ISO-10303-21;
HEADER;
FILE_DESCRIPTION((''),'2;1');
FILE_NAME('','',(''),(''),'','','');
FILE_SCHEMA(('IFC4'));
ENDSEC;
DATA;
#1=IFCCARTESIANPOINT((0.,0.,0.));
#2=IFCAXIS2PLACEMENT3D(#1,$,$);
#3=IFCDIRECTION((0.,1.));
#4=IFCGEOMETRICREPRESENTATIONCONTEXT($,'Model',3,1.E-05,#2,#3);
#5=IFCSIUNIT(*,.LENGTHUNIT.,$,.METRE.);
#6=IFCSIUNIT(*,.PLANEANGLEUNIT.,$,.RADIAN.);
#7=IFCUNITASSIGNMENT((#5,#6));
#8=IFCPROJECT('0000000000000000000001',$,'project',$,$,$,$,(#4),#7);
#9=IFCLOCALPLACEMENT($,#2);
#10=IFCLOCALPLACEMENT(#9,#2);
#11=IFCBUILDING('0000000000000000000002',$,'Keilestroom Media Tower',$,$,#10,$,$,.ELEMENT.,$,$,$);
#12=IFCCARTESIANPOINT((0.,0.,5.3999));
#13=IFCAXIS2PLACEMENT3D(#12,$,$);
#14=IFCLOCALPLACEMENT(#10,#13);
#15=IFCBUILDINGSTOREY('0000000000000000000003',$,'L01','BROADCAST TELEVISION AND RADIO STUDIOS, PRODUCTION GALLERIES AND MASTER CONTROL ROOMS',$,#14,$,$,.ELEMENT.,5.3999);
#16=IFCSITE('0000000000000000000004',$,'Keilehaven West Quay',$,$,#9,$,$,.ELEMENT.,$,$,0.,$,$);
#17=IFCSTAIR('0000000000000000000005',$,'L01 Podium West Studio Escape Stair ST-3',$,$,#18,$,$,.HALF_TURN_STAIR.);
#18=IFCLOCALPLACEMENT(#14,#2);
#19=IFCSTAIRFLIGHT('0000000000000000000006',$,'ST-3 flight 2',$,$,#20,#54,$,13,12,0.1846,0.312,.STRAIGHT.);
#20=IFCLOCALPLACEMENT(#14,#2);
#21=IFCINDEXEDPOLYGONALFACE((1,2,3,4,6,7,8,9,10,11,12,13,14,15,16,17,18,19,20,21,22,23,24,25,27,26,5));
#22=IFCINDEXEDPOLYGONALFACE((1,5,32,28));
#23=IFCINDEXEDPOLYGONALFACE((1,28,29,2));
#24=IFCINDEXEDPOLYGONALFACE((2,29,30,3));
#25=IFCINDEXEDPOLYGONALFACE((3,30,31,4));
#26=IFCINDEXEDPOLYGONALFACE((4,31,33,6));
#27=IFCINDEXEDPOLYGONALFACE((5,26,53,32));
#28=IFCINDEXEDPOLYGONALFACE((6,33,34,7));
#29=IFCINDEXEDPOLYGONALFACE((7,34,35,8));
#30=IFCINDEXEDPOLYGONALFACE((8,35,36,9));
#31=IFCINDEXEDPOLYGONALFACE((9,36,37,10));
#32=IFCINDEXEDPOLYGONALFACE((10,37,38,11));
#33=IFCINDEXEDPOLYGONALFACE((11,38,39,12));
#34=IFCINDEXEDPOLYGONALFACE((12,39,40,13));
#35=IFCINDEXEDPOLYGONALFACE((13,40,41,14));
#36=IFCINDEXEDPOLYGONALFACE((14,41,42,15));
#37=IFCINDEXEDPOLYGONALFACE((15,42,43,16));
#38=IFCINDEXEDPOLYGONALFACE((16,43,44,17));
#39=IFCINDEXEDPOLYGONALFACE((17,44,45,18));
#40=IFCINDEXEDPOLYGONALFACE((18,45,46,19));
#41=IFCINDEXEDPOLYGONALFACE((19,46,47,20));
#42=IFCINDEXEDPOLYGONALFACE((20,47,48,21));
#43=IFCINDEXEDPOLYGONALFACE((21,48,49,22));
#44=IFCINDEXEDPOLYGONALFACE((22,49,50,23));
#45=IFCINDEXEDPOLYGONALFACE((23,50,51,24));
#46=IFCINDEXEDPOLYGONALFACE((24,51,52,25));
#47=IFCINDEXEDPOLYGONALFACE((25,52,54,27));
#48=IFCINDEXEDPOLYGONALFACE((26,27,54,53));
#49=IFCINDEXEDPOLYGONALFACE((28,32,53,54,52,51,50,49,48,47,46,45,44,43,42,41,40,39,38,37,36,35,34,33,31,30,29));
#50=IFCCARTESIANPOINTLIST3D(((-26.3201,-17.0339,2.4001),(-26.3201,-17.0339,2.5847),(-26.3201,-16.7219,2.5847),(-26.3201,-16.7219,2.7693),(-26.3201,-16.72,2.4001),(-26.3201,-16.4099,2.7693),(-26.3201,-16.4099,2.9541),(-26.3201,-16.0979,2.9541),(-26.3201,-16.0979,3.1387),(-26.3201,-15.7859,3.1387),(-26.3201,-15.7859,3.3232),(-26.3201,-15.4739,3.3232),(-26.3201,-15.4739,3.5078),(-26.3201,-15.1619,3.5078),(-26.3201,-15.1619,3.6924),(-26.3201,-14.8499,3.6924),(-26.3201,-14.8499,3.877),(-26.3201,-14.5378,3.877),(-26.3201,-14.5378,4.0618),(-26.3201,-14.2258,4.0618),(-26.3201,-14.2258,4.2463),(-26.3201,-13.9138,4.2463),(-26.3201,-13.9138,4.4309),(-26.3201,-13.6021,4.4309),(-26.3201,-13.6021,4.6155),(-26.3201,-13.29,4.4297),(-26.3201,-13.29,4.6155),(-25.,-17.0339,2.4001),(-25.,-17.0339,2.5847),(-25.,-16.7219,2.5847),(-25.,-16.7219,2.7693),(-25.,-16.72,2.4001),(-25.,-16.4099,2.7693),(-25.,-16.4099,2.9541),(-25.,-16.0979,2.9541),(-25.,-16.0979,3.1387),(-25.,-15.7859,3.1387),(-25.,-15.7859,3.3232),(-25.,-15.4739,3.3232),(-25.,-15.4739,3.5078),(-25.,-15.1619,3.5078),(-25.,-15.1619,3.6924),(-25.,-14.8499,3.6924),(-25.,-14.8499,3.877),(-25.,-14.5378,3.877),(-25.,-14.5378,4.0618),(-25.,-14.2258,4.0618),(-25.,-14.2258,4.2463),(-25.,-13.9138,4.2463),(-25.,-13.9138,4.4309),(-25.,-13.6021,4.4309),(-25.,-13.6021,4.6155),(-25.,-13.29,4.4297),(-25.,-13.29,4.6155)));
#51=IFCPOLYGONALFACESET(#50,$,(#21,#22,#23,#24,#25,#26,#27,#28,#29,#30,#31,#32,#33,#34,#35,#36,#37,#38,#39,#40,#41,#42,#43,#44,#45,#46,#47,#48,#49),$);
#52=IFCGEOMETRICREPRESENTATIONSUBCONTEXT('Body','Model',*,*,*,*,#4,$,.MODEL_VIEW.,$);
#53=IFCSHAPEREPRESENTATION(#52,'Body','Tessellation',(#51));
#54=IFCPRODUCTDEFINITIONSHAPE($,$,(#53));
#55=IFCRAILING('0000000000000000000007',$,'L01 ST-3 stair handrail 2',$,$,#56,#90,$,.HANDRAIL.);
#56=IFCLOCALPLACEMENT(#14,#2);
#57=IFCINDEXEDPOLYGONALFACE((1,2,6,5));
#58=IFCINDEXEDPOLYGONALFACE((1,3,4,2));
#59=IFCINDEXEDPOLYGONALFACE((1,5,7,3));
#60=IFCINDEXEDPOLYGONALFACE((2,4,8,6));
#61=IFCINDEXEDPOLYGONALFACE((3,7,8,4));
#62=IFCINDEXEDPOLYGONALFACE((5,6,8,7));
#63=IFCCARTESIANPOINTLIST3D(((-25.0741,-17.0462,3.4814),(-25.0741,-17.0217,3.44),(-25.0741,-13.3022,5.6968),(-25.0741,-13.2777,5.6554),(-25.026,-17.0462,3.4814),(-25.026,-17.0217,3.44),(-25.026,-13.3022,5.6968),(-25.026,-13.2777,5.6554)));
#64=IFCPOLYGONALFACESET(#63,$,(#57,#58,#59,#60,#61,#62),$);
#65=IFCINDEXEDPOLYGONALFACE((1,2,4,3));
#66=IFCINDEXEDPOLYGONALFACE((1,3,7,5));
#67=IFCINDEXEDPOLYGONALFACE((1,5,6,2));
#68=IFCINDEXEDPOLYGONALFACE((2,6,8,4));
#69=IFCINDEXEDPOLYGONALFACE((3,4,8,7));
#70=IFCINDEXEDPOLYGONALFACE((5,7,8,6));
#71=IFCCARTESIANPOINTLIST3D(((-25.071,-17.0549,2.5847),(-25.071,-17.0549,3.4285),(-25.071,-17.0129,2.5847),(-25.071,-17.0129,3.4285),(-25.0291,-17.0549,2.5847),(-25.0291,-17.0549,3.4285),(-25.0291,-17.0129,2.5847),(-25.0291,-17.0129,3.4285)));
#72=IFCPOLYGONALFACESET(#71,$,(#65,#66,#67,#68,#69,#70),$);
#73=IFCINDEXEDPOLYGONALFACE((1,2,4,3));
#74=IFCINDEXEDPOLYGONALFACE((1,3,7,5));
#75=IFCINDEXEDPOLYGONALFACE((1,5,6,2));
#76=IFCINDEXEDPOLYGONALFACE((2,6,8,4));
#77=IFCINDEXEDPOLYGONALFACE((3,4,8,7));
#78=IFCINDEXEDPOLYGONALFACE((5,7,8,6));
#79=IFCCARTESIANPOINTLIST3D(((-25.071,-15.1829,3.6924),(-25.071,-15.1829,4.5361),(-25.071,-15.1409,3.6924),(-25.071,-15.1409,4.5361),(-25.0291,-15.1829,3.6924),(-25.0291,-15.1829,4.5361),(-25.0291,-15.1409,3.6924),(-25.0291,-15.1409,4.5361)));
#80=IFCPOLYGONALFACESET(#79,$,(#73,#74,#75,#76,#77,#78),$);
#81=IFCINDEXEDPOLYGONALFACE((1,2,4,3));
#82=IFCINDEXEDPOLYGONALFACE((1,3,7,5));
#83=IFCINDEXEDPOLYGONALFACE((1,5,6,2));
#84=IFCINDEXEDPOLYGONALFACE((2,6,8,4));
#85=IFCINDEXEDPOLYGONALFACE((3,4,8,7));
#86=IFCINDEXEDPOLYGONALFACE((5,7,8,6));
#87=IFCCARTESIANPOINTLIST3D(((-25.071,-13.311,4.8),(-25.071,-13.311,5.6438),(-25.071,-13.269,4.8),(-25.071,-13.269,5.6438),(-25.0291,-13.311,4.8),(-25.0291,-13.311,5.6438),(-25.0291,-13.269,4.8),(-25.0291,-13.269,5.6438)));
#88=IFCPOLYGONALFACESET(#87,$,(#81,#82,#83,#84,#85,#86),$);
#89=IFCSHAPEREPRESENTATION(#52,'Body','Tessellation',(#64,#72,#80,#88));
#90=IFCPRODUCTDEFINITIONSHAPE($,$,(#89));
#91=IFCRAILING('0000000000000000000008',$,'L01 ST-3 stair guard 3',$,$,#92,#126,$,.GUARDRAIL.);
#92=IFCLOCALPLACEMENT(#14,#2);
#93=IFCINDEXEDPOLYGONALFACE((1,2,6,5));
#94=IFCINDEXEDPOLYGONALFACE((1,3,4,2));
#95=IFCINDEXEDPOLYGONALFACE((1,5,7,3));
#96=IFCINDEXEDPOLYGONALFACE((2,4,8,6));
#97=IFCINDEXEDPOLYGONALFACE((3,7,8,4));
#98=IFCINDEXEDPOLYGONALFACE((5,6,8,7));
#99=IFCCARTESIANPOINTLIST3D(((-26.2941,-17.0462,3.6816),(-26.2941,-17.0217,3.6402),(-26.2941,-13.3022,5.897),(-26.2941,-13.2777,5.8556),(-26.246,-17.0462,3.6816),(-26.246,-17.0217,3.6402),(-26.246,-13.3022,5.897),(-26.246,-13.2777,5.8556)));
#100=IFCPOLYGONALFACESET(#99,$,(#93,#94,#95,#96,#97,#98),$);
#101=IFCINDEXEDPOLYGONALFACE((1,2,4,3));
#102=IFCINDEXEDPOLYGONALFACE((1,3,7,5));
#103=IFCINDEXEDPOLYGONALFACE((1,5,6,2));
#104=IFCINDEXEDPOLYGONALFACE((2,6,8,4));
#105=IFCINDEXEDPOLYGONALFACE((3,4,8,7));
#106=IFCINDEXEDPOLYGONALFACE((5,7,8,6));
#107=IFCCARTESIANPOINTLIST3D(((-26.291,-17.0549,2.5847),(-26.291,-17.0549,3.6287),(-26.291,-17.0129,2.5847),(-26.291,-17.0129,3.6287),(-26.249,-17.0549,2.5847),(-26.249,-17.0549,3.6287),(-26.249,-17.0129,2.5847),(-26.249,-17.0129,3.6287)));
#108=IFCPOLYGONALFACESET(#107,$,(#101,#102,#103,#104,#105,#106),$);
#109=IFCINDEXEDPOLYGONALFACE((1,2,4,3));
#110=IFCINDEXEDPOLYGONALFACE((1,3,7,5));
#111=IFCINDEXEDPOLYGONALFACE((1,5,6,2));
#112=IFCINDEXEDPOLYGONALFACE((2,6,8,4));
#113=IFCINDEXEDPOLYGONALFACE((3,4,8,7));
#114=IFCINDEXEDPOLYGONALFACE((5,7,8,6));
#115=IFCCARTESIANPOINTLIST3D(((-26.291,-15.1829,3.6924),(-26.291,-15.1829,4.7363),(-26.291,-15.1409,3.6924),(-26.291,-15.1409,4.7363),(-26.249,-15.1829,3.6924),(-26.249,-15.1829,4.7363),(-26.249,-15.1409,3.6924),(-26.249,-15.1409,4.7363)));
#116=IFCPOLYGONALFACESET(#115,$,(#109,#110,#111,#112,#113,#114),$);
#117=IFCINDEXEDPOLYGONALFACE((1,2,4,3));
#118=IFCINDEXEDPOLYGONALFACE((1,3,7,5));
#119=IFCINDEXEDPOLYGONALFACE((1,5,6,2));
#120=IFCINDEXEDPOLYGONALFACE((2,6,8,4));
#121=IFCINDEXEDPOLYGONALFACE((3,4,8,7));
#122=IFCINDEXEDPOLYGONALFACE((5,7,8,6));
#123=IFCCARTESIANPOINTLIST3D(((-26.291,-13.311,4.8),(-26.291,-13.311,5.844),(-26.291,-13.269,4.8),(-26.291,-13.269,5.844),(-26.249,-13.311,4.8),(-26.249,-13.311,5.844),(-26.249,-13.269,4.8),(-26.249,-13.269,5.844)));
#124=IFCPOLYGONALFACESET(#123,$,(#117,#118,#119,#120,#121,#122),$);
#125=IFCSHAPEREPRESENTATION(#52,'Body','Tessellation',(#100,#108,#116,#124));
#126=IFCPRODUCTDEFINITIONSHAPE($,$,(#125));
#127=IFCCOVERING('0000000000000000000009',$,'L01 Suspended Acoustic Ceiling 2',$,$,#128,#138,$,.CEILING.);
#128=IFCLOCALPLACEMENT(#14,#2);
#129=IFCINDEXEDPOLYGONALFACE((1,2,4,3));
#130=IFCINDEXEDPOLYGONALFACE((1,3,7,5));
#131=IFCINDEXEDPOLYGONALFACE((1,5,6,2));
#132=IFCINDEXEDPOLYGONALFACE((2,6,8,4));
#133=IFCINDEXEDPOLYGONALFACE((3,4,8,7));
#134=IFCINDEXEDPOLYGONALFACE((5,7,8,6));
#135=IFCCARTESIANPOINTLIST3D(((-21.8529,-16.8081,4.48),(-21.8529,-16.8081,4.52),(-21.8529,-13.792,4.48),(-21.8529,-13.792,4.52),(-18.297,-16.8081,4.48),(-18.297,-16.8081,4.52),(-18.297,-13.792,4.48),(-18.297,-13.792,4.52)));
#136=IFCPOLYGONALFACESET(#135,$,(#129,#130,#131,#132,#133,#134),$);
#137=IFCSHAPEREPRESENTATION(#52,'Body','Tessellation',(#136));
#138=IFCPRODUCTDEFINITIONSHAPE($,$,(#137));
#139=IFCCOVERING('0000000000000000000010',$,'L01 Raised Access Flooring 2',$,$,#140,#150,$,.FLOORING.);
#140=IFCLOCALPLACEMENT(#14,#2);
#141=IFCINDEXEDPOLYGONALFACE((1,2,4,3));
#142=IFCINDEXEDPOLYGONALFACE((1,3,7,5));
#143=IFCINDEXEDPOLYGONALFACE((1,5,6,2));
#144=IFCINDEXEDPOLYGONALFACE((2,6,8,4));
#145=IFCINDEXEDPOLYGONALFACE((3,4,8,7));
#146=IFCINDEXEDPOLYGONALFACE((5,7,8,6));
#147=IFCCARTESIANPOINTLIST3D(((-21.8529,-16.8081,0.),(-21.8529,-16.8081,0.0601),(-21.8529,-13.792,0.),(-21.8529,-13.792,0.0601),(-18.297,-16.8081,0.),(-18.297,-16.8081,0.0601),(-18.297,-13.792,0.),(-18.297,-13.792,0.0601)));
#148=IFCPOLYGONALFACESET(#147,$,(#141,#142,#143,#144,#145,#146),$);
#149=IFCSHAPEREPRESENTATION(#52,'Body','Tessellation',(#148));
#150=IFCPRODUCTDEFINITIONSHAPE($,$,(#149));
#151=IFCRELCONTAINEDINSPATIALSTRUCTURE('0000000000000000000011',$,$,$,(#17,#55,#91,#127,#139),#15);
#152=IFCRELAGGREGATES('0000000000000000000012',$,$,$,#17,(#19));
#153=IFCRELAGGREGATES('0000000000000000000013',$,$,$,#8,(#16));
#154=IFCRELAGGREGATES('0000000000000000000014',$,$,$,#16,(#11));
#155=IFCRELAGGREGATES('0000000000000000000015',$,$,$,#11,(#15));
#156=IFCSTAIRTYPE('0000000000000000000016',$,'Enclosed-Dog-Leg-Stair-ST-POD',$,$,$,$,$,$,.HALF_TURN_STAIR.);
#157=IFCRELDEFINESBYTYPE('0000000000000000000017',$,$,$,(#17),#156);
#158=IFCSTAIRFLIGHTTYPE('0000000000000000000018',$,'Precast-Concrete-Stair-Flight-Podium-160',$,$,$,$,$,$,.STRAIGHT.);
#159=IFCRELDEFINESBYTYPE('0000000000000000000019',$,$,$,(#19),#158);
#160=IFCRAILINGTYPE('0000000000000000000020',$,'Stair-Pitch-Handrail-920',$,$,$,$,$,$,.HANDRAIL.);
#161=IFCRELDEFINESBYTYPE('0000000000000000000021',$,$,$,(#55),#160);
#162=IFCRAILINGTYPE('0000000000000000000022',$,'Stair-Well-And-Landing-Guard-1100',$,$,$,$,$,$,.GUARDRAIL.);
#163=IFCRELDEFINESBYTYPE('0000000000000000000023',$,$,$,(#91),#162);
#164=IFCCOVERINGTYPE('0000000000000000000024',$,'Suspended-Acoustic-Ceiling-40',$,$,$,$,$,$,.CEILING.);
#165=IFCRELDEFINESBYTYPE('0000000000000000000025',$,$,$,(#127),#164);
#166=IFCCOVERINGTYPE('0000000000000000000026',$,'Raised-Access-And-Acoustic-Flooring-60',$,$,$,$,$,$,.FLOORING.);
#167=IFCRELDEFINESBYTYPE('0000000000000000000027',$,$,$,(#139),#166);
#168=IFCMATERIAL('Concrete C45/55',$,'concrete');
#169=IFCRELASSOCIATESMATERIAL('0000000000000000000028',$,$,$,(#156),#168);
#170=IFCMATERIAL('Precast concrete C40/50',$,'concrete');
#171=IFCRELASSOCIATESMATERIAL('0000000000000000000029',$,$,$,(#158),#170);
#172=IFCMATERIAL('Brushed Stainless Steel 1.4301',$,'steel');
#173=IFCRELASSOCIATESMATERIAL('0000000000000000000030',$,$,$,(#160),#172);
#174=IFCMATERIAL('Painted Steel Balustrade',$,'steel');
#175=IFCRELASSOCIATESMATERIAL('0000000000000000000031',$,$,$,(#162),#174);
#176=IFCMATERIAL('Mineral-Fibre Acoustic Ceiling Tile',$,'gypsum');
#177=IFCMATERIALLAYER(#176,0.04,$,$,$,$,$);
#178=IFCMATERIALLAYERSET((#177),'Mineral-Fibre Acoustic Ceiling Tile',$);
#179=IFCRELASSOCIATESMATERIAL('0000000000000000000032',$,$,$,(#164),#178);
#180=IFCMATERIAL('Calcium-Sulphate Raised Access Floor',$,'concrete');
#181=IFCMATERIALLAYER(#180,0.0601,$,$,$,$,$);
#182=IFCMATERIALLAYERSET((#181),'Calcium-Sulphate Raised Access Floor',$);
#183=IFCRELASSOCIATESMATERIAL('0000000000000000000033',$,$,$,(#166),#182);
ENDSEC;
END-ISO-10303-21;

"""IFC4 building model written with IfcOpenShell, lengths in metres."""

from ifc_helpers import new_model, si_unit, direction, frame, origin, origin_2d, place, context, subcontext, project, spatial, polyline, rectangle, outline, extrude, source, transform, mapped, material, layer, layer_set, type_object, element, aggregate, save


model = new_model("IFC4")

# Units and contexts
model_context = context("Model", 3, precision=1e-05, world=origin(), true_north=direction((0.0, 1.0)))
body_context = subcontext(model_context, "Body", "Model", "MODEL_VIEW")
ifc_project = project(units=[si_unit("LENGTHUNIT", "METRE"), si_unit("PLANEANGLEUNIT", "RADIAN")], contexts=[model_context])

# Site, building, storey
site_placement = place(None, origin())
site = spatial("IfcSite", under=ifc_project, at=site_placement, Name="Keilehaven West Quay", CompositionType="ELEMENT", RefElevation=0.0)
building_placement = place(site_placement, origin())
building = spatial("IfcBuilding", under=site, at=building_placement, Name="Keilestroom Media Tower", CompositionType="ELEMENT")
storey_placement = place(building_placement, frame((0.0, 0.0, 5.3999)))
storey = spatial("IfcBuildingStorey", under=building, at=storey_placement, Name="L01", Description="BROADCAST TELEVISION AND RADIO STUDIOS, PRODUCTION GALLERIES AND MASTER CONTROL ROOMS", CompositionType="ELEMENT", Elevation=5.3999)

# Shared definitions
ifc_material_1 = material(Name="Precast concrete C40/50", Category="concrete")

# Shared definitions
ifc_material_2 = material(Name="Concrete C45/55", Category="concrete")

# Stair, stair flight
stair_type = type_object("IfcStairType", Name="Enclosed-Dog-Leg-Stair-ST-POD", PredefinedType="HALF_TURN_STAIR", material=ifc_material_2)
stair_placement = place(storey_placement, origin())
stair = element("IfcStair", 1, at=stair_placement, inside=storey, type_object=stair_type, Name="L01 Podium West Studio Escape Stair ST-3", PredefinedType="HALF_TURN_STAIR")
stair_flight_type = type_object("IfcStairFlightType", Name="Precast-Concrete-Stair-Flight-Podium-160", PredefinedType="STRAIGHT", material=ifc_material_1)
stair_flight_placement = place(storey_placement, frame((-25.6599, -17.0339, 2.4001), z_axis=(0.0, 0.0, 1.0), x_axis=(0.0, 1.0, 0.0)))
stair_flight = element("IfcStairFlight", 2, at=stair_flight_placement, type_object=stair_flight_type, Name="ST-3 flight 2", NumberOfRisers=13, NumberOfTreads=12, PredefinedType="STRAIGHT", RiserHeight=0.1846, TreadLength=0.312, context=body_context, shape_type="SweptSolid", body=[
    extrude(outline(polyline([(0.0, 0.0), (0.0, 0.1846), (0.312, 0.1846), (0.312, 0.3691), (0.624, 0.3691), (0.624, 0.554), (0.936, 0.554), (0.936, 0.7385), (1.248, 0.7385), (1.248, 0.9231), (1.5601, 0.9231), (1.5601, 1.1077), (1.8721, 1.1077), (1.8721, 1.2922), (2.1841, 1.2922), (2.1841, 1.4768), (2.4961, 1.4768), (2.4961, 1.6616), (2.8081, 1.6616), (2.8081, 1.8462), (3.1201, 1.8462), (3.1201, 2.0308), (3.4319, 2.0308), (3.4319, 2.2153), (3.7439, 2.2153), (3.7439, 2.3999), (3.7439, 2.0295), (0.314, 0.0), (0.0, 0.0)])), frame((0.0, 0.6602, 0.0), z_axis=(0.0, -1.0, 0.0), x_axis=(1.0, 0.0, 0.0)), (0.0, 0.0, 1.0), 1.3201),
])
aggregate(stair, [stair_flight])

# Railings
ifc_material_3 = material(Name="Brushed Stainless Steel 1.4301", Category="steel")
railing_type_1 = type_object("IfcRailingType", Name="Stair-Pitch-Handrail-920", PredefinedType="HANDRAIL", material=ifc_material_3)
railing_1_placement = place(storey_placement, frame((-25.05, -17.0339, 2.5847)))
element("IfcRailing", 3, at=railing_1_placement, inside=storey, type_object=railing_type_1, Name="L01 ST-3 stair handrail 2", PredefinedType="HANDRAIL", context=body_context, shape_type="SweptSolid", body=[
    extrude(rectangle(XDim=0.0481, YDim=0.0481, at=origin_2d()), frame((0.0, 0.0, 0.876), z_axis=(0.0, 0.860621, 0.509245), x_axis=(-1.0, 0.0, 0.0)), (0.0, 0.0, 1.0), 4.3503),
    extrude(rectangle(XDim=0.042, YDim=0.042, at=origin_2d()), origin(), (0.0, 0.0, 1.0), 0.8438),
    extrude(rectangle(XDim=0.042, YDim=0.042, at=origin_2d()), frame((0.0, 1.8721, 1.1077)), (0.0, 0.0, 1.0), 0.8438),
    extrude(rectangle(XDim=0.042, YDim=0.042, at=origin_2d()), frame((0.0, 3.7439, 2.2153)), (0.0, 0.0, 1.0), 0.8438),
])
ifc_material_4 = material(Name="Painted Steel Balustrade", Category="steel")
railing_type_2 = type_object("IfcRailingType", Name="Stair-Well-And-Landing-Guard-1100", PredefinedType="GUARDRAIL", material=ifc_material_4)
railing_2_placement = place(storey_placement, frame((-26.27, -17.0339, 2.5847)))
element("IfcRailing", 4, at=railing_2_placement, inside=storey, type_object=railing_type_2, Name="L01 ST-3 stair guard 3", PredefinedType="GUARDRAIL", context=body_context, shape_type="SweptSolid", body=[
    extrude(rectangle(XDim=0.0481, YDim=0.0481, at=origin_2d()), frame((0.0, 0.0, 1.0762), z_axis=(0.0, 0.860621, 0.509245), x_axis=(-1.0, 0.0, 0.0)), (0.0, 0.0, 1.0), 4.3503),
    extrude(rectangle(XDim=0.042, YDim=0.042, at=origin_2d()), origin(), (0.0, 0.0, 1.0), 1.0439),
    extrude(rectangle(XDim=0.042, YDim=0.042, at=origin_2d()), frame((0.0, 1.8721, 1.1077)), (0.0, 0.0, 1.0), 1.0439),
    extrude(rectangle(XDim=0.042, YDim=0.042, at=origin_2d()), frame((0.0, 3.7439, 2.2153)), (0.0, 0.0, 1.0), 1.0439),
])

# Coverings
ifc_material_5 = material(Name="Mineral-Fibre Acoustic Ceiling Tile", Category="gypsum")
ifc_layer_1 = layer(ifc_material_5, 0.04)
ifc_layer_set_1 = layer_set([ifc_layer_1], Name="Mineral-Fibre Acoustic Ceiling Tile")
covering_type_1 = type_object("IfcCoveringType", Name="Suspended-Acoustic-Ceiling-40", PredefinedType="CEILING", material=ifc_layer_set_1)
shared_shape_1 = source(origin(), body_context, "Body", "SweptSolid", [
    extrude(rectangle(XDim=3.5559, YDim=3.0161, at=origin_2d()), origin(), (0.0, 0.0, 1.0), 0.04),
])
covering_1_placement = place(storey_placement, frame((-20.075, -15.3, 4.48), z_axis=(0.0, 0.0, 1.0), x_axis=(1.0, 0.0, 0.0)))
element("IfcCovering", 5, at=covering_1_placement, inside=storey, type_object=covering_type_1, Name="L01 Suspended Acoustic Ceiling 2", PredefinedType="CEILING", context=body_context, shape_type="MappedRepresentation", body=[
    mapped(shared_shape_1, transform((0.0, 0.0, 0.0), x_axis=(1.0, 0.0, 0.0), y_axis=(0.0, 1.0, 0.0), z_axis=(0.0, 0.0, 1.0), scale=1.0)),
])
ifc_material_6 = material(Name="Calcium-Sulphate Raised Access Floor", Category="concrete")
ifc_layer_2 = layer(ifc_material_6, 0.0601)
ifc_layer_set_2 = layer_set([ifc_layer_2], Name="Calcium-Sulphate Raised Access Floor")
covering_type_2 = type_object("IfcCoveringType", Name="Raised-Access-And-Acoustic-Flooring-60", PredefinedType="FLOORING", material=ifc_layer_set_2)
shared_shape_2 = source(origin(), body_context, "Body", "SweptSolid", [
    extrude(rectangle(XDim=3.5559, YDim=3.0161, at=origin_2d()), origin(), (0.0, 0.0, 1.0), 0.0601),
])
covering_2_placement = place(storey_placement, frame((-20.075, -15.3, 0.0), z_axis=(0.0, 0.0, 1.0), x_axis=(1.0, 0.0, 0.0)))
element("IfcCovering", 6, at=covering_2_placement, inside=storey, type_object=covering_type_2, Name="L01 Raised Access Flooring 2", PredefinedType="FLOORING", context=body_context, shape_type="MappedRepresentation", body=[
    mapped(shared_shape_2, transform((0.0, 0.0, 0.0), x_axis=(1.0, 0.0, 0.0), y_axis=(0.0, 1.0, 0.0), z_axis=(0.0, 0.0, 1.0), scale=1.0)),
])

save(model, "model.ifc")
